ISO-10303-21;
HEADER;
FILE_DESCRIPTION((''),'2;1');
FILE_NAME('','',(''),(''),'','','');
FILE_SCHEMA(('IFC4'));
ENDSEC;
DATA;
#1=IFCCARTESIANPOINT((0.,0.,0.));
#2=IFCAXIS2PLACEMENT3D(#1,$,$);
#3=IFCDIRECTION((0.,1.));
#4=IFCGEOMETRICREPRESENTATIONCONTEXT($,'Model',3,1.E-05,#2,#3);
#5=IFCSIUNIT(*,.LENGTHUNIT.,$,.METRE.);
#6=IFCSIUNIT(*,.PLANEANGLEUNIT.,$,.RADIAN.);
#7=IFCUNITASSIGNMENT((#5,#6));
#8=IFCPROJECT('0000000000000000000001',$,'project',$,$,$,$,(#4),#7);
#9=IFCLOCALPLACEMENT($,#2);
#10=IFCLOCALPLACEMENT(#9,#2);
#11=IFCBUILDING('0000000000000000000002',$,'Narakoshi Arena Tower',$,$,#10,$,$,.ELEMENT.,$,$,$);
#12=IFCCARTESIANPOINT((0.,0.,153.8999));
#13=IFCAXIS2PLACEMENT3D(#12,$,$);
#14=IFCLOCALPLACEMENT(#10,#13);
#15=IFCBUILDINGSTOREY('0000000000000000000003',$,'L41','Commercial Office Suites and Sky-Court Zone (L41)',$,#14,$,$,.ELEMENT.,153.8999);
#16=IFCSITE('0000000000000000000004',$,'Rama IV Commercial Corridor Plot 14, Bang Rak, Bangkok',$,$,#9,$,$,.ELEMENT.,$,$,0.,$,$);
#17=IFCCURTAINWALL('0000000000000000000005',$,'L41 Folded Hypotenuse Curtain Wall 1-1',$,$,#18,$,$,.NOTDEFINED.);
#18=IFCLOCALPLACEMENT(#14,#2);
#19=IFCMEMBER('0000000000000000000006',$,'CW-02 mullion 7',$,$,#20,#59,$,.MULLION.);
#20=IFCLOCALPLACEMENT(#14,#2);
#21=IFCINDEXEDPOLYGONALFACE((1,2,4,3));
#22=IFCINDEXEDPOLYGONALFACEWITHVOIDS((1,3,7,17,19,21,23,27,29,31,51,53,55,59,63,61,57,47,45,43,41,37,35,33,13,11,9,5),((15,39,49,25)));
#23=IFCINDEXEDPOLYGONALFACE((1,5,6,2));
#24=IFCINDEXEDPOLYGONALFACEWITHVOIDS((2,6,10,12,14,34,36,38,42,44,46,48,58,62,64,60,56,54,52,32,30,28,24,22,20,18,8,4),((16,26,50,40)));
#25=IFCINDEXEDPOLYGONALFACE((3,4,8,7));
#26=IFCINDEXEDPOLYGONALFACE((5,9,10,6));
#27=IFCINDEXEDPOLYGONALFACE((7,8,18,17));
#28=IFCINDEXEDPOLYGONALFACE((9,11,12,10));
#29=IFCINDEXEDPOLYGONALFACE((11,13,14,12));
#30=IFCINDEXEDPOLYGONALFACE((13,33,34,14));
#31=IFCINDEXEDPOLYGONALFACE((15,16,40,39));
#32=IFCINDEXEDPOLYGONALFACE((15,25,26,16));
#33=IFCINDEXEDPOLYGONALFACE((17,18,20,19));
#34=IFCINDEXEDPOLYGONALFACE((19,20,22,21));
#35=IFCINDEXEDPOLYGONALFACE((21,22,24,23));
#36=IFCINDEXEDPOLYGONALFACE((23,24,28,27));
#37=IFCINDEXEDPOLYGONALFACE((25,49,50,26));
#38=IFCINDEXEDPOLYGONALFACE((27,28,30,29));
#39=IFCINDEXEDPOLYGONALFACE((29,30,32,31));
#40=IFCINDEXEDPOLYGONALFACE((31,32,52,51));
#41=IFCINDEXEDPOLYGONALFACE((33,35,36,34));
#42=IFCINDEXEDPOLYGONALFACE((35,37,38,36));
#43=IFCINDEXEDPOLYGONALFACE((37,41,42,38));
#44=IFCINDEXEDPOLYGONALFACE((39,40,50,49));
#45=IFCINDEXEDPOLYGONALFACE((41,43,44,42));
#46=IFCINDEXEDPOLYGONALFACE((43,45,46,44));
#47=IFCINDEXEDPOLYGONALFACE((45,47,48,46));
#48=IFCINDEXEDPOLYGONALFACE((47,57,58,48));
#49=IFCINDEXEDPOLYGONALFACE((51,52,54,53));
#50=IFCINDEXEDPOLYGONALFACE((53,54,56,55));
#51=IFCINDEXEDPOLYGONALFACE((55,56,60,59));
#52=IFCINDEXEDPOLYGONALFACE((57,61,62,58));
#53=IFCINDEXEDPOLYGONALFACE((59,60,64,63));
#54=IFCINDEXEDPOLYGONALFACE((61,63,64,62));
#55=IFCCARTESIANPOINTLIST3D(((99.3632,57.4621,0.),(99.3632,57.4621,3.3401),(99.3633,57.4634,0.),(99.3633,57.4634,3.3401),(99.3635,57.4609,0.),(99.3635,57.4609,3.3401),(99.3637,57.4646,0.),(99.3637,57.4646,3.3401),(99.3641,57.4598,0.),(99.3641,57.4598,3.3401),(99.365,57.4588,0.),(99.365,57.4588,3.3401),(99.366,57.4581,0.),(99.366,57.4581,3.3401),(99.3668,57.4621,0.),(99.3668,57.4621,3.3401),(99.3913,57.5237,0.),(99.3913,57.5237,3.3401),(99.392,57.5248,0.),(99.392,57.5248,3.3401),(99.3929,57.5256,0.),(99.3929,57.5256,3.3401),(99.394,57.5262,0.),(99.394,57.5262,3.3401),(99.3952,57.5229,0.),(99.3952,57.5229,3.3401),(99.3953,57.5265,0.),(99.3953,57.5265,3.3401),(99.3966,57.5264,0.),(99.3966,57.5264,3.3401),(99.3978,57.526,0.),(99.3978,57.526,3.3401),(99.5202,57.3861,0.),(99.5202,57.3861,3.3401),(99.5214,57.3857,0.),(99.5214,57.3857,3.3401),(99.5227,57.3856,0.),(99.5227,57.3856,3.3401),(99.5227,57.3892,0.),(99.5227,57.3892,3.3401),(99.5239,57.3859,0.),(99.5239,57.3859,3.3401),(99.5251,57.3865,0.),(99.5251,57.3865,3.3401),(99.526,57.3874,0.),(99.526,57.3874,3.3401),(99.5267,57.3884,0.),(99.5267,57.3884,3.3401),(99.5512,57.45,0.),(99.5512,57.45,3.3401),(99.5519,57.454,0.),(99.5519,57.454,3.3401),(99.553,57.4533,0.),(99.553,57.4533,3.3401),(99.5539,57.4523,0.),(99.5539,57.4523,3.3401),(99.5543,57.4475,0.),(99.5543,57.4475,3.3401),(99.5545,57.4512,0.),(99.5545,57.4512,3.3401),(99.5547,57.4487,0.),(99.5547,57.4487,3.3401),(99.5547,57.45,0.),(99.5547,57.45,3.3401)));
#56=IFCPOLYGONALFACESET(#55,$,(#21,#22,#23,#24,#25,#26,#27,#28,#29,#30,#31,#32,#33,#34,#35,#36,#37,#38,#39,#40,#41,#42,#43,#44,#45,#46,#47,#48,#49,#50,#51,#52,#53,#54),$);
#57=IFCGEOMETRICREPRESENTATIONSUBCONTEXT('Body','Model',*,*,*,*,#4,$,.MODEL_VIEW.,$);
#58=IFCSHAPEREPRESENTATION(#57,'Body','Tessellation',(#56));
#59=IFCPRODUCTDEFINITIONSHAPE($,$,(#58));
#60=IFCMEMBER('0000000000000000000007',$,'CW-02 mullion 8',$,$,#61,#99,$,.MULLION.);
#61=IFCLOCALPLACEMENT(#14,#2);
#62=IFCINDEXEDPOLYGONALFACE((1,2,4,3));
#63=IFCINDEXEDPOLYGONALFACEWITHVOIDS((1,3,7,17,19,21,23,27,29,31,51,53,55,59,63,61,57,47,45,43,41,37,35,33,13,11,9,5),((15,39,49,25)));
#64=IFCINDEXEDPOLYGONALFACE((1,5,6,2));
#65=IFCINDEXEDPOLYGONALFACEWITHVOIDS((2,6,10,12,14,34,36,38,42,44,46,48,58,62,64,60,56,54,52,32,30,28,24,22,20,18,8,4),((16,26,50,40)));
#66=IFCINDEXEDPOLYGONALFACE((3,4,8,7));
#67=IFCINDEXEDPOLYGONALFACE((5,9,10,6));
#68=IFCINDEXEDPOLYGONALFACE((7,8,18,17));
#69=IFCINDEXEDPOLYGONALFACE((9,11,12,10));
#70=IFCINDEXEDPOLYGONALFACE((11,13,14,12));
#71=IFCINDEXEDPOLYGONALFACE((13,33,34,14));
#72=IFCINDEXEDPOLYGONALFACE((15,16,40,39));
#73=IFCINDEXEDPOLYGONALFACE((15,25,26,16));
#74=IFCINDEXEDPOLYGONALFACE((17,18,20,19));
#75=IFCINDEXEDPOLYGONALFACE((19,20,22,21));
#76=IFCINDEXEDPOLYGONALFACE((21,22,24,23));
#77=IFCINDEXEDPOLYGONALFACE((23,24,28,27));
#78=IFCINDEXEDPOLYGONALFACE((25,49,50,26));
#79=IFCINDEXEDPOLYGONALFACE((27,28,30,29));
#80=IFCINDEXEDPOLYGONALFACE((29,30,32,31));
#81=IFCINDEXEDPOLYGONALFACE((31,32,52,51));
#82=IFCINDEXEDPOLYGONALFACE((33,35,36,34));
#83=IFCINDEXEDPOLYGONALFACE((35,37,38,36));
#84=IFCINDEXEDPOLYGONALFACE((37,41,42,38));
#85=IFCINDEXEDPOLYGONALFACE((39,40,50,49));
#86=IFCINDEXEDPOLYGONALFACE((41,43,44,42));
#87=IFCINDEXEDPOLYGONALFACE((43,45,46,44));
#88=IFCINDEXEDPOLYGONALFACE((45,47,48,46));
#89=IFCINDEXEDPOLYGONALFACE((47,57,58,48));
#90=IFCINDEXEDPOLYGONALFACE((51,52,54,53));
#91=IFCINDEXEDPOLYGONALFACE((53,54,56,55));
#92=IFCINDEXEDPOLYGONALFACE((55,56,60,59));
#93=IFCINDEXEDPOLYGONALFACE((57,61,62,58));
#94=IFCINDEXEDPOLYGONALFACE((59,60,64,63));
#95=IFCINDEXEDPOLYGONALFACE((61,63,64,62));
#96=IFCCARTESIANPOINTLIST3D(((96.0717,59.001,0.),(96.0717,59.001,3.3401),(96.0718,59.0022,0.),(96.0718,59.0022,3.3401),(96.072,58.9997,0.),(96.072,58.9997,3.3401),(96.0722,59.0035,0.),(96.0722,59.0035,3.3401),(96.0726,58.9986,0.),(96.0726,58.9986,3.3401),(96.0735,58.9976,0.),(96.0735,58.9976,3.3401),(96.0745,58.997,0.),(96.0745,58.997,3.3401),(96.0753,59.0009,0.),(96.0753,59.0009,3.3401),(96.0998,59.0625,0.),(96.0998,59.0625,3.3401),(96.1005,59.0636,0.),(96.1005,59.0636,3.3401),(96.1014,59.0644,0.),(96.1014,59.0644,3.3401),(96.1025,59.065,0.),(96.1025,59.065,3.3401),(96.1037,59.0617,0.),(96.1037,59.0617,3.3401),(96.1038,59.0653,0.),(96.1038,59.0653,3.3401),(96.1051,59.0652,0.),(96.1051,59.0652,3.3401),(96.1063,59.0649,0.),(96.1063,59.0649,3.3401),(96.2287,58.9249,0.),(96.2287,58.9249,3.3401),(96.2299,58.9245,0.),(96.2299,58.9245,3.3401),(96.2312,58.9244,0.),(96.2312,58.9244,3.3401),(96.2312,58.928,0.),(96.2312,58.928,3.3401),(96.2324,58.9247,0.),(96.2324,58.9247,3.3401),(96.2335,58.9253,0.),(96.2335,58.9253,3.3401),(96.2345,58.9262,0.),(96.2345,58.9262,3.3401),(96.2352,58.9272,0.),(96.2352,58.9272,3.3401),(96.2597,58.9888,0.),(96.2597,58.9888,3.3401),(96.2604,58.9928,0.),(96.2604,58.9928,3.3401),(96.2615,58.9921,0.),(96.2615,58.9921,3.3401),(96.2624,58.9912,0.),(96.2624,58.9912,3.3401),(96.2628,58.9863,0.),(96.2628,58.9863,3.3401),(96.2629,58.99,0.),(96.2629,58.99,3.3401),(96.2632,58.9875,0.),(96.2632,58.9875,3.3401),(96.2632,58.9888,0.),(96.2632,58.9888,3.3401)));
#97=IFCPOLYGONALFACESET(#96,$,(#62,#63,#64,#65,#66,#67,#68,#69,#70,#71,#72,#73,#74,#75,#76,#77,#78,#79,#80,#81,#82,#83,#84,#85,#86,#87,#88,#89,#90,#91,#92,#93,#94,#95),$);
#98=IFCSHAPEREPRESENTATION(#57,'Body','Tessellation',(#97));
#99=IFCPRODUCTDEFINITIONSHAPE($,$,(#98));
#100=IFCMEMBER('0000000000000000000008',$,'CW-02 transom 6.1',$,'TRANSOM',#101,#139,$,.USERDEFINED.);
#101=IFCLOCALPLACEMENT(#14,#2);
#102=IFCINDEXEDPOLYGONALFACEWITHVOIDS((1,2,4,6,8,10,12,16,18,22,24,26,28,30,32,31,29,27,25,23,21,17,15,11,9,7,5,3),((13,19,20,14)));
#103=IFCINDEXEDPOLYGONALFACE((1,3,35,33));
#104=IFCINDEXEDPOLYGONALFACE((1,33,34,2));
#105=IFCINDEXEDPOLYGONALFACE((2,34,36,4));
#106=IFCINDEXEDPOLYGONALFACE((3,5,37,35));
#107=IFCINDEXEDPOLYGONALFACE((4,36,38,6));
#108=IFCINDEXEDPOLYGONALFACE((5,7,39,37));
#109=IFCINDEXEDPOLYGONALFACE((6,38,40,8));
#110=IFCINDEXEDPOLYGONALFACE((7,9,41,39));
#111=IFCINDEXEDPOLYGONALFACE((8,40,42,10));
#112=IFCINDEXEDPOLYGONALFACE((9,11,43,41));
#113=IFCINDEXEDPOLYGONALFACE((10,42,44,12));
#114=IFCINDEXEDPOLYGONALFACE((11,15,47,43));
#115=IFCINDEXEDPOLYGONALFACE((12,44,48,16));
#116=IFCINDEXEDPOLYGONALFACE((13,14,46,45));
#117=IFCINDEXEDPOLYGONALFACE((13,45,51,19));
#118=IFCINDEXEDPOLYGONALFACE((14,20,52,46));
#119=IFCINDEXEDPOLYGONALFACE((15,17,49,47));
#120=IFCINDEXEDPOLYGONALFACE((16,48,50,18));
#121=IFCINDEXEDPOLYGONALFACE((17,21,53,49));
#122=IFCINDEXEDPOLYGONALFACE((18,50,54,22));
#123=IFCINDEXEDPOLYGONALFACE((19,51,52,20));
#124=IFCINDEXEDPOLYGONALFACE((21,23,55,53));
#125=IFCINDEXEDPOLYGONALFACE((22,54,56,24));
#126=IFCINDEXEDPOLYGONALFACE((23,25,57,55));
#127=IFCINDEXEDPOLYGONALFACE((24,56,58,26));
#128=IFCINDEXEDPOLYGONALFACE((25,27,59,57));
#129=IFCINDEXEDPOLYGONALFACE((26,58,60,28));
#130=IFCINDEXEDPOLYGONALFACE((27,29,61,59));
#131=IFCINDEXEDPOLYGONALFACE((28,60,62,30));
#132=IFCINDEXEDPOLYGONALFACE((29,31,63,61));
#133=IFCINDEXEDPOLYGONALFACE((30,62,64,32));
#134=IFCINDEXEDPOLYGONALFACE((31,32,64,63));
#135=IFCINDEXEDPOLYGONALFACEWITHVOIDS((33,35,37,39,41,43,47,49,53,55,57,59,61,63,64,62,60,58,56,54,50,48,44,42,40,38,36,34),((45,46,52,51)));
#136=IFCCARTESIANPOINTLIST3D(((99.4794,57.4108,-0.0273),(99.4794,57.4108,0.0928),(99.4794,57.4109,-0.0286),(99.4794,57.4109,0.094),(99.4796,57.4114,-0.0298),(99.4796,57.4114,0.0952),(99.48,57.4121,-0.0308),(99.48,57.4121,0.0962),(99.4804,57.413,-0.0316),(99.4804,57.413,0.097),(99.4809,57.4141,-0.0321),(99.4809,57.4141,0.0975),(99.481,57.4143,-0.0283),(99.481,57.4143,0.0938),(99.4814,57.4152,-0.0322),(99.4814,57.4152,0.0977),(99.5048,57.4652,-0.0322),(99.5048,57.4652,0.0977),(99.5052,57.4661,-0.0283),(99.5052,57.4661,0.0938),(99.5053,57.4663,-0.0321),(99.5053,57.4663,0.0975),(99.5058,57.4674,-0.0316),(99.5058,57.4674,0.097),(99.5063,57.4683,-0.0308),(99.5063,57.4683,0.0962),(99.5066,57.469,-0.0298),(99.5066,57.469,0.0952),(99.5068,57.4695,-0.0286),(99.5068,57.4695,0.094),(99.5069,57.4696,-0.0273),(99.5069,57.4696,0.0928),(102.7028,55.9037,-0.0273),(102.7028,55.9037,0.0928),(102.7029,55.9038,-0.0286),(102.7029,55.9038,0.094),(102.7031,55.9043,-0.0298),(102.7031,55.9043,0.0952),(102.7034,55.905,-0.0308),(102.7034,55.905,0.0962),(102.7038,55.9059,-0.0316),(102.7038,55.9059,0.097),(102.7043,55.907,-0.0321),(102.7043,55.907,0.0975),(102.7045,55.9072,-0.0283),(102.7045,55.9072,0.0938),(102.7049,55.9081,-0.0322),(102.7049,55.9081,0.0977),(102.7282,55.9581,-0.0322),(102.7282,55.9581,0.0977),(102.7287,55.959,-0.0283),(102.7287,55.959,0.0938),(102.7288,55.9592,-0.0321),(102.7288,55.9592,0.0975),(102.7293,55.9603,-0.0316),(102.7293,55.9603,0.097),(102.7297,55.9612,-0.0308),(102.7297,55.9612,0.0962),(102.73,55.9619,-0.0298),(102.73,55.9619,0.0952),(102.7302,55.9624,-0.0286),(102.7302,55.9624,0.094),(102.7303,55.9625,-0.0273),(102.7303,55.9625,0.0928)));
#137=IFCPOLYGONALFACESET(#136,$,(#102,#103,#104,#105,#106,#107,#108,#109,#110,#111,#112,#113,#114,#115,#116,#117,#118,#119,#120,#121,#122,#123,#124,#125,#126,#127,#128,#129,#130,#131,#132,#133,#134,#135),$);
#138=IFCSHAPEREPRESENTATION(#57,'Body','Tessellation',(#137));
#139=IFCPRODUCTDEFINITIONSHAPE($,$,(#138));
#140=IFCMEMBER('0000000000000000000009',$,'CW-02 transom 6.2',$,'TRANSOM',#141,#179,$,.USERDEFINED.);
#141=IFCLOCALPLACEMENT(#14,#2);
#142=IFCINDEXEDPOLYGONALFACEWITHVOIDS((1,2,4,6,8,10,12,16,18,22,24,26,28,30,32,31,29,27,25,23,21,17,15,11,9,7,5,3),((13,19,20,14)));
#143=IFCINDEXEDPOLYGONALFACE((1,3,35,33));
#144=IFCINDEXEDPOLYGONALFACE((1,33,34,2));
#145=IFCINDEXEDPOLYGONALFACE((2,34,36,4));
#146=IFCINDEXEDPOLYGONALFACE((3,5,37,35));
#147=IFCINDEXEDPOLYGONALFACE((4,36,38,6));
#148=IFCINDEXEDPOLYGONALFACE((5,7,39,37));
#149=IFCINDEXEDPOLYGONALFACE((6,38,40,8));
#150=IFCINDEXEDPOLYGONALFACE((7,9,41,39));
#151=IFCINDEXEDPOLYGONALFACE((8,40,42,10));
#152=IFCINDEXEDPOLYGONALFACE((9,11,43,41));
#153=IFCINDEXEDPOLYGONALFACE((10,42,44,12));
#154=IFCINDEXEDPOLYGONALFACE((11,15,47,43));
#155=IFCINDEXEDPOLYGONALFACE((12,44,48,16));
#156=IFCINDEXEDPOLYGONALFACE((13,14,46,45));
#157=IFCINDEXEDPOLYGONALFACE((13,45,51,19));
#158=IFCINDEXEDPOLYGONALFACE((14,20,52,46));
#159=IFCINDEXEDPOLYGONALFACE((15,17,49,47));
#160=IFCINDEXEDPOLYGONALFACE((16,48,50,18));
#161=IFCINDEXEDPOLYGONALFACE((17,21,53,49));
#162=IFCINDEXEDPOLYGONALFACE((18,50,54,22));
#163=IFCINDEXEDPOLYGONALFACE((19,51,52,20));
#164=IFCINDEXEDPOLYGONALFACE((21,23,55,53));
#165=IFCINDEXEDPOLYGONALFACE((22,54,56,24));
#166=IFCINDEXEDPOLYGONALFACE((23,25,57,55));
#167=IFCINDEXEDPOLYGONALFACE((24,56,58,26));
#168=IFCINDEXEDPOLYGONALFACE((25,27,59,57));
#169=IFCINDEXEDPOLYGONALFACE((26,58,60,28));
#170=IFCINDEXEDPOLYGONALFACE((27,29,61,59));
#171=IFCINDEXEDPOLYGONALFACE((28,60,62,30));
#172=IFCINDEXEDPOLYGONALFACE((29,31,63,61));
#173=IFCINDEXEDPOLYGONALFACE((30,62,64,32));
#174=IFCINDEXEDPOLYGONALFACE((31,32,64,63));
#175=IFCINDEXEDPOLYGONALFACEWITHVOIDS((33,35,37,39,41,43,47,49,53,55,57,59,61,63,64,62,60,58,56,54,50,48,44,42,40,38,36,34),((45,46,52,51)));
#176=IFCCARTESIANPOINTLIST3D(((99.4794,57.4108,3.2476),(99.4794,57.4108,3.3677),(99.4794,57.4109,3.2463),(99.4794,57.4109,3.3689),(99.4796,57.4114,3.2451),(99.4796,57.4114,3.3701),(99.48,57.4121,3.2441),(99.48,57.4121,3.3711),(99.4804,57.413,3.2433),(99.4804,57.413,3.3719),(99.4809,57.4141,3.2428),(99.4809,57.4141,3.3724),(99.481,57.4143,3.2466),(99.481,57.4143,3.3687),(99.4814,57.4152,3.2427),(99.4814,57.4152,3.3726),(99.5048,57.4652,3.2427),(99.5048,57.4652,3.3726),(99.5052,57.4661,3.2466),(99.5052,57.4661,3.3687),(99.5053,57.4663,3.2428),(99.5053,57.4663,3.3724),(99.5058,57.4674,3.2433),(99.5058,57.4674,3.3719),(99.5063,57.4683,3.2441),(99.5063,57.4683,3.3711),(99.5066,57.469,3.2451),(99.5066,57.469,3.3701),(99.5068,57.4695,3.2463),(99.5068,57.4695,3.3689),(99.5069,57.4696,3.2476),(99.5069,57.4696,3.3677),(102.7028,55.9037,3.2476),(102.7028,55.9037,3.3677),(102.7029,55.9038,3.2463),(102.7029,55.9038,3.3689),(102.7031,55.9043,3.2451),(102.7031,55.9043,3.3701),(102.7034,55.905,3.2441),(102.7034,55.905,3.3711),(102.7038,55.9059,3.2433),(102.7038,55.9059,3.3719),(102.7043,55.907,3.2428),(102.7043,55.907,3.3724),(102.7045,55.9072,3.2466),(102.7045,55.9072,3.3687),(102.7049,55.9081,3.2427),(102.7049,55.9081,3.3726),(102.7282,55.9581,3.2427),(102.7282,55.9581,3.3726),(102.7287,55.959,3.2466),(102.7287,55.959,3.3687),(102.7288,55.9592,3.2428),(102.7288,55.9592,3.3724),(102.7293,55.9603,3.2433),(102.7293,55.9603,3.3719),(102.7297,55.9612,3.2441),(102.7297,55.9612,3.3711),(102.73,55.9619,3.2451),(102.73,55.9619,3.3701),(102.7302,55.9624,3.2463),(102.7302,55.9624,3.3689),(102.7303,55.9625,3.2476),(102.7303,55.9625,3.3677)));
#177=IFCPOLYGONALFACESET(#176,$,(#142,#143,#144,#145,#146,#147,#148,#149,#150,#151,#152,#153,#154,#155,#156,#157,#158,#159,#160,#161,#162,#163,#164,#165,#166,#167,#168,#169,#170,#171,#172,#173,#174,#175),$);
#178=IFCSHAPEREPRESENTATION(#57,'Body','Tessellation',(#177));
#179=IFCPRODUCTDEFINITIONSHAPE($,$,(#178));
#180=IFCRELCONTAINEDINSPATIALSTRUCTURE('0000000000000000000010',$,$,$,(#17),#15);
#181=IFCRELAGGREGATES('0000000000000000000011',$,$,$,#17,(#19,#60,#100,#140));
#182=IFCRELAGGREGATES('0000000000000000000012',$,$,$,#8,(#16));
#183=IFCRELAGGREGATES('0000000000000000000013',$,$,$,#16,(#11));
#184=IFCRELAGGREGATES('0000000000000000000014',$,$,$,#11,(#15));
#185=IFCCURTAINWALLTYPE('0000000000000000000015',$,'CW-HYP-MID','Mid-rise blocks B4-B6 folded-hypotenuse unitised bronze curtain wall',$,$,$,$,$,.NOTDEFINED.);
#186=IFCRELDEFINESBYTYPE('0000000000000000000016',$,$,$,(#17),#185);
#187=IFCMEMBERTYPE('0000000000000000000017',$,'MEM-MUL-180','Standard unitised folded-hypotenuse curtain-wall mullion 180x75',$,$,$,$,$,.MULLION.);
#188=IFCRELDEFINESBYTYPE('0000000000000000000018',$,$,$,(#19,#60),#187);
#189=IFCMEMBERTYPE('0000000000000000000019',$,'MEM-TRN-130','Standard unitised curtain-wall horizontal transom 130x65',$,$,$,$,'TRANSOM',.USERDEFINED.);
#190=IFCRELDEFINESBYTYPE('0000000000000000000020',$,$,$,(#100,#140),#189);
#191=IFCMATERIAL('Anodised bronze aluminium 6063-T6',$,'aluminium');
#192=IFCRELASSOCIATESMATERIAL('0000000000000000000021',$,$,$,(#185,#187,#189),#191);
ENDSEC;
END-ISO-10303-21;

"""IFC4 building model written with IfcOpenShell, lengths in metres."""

from ifc_helpers import new_model, si_unit, direction, frame, origin, origin_2d, place, context, subcontext, project, spatial, hollow_rectangle, extrude, material, material_profile, profile_set, type_object, element, aggregate, save


model = new_model("IFC4")

# Units and contexts
model_context = context("Model", 3, precision=1e-05, world=origin(), true_north=direction((0.0, 1.0)))
body_context = subcontext(model_context, "Body", "Model", "MODEL_VIEW")
ifc_project = project(units=[si_unit("LENGTHUNIT", "METRE"), si_unit("PLANEANGLEUNIT", "RADIAN")], contexts=[model_context])

# Site, building, storey
site_placement = place(None, origin())
site = spatial("IfcSite", under=ifc_project, at=site_placement, Name="Rama IV Commercial Corridor Plot 14, Bang Rak, Bangkok", CompositionType="ELEMENT", RefElevation=0.0)
building_placement = place(site_placement, origin())
building = spatial("IfcBuilding", under=site, at=building_placement, Name="Narakoshi Arena Tower", CompositionType="ELEMENT")
storey_placement = place(building_placement, frame((0.0, 0.0, 153.8999)))
storey = spatial("IfcBuildingStorey", under=building, at=storey_placement, Name="L41", Description="Commercial Office Suites and Sky-Court Zone (L41)", CompositionType="ELEMENT", Elevation=153.8999)

# Curtain wall, members
ifc_material_1 = material(Name="Anodised bronze aluminium 6063-T6", Category="aluminium")
curtain_wall_type = type_object("IfcCurtainWallType", Name="CW-HYP-MID", Description="Mid-rise blocks B4-B6 folded-hypotenuse unitised bronze curtain wall", PredefinedType="NOTDEFINED", material=ifc_material_1)
curtain_wall_placement = place(storey_placement, origin())
curtain_wall = element("IfcCurtainWall", 1, at=curtain_wall_placement, inside=storey, type_object=curtain_wall_type, Name="L41 Folded Hypotenuse Curtain Wall 1-1", PredefinedType="NOTDEFINED")
ifc_material_profile_1 = material_profile(ifc_material_1, hollow_rectangle(XDim=0.075, YDim=0.1799, WallThickness=0.0039, OuterFilletRadius=0.0049, at=origin_2d()), Name="MUL180x75x4")
ifc_profile_set_1 = profile_set([ifc_material_profile_1], Name="Anodised bronze aluminium 6063-T6")
member_type_1 = type_object("IfcMemberType", Name="MEM-MUL-180", Description="Standard unitised folded-hypotenuse curtain-wall mullion 180x75", PredefinedType="MULLION", material=ifc_profile_set_1)
member_1_placement = place(storey_placement, frame((99.459, 57.4561, 0.0), z_axis=(0.0, 0.0, 1.0), x_axis=(-0.423532, -0.905881, 0.0)))
member_1 = element("IfcMember", 2, at=member_1_placement, type_object=member_type_1, Name="CW-02 mullion 7", PredefinedType="MULLION", context=body_context, shape_type="SweptSolid", body=[
    extrude(hollow_rectangle(XDim=0.075, YDim=0.1799, WallThickness=0.0039, OuterFilletRadius=0.0049, at=origin_2d()), origin(), (0.0, 0.0, 1.0), 3.3401),
])
member_2_placement = place(storey_placement, frame((96.1675, 58.9949, 0.0), z_axis=(0.0, 0.0, 1.0), x_axis=(-0.423532, -0.905881, 0.0)))
member_2 = element("IfcMember", 3, at=member_2_placement, type_object=member_type_1, Name="CW-02 mullion 8", PredefinedType="MULLION", context=body_context, shape_type="SweptSolid", body=[
    extrude(hollow_rectangle(XDim=0.075, YDim=0.1799, WallThickness=0.0039, OuterFilletRadius=0.0049, at=origin_2d()), origin(), (0.0, 0.0, 1.0), 3.3401),
])
ifc_material_profile_2 = material_profile(ifc_material_1, hollow_rectangle(XDim=0.0649, YDim=0.1299, WallThickness=0.0039, OuterFilletRadius=0.0049, at=origin_2d()), Name="TRN130x65x4")
ifc_profile_set_2 = profile_set([ifc_material_profile_2], Name="Anodised bronze aluminium 6063-T6")
member_type_2 = type_object("IfcMemberType", Name="MEM-TRN-130", Description="Standard unitised curtain-wall horizontal transom 130x65", ElementType="TRANSOM", PredefinedType="USERDEFINED", material=ifc_profile_set_2)
member_3_placement = place(storey_placement, frame((102.7166, 55.9331, 0.0327), z_axis=(-0.905878, 0.423539, 0.0), x_axis=(-0.423539, -0.905878, 0.0)))
member_3 = element("IfcMember", 4, at=member_3_placement, type_object=member_type_2, Name="CW-02 transom 6.1", ObjectType="TRANSOM", PredefinedType="USERDEFINED", context=body_context, shape_type="SweptSolid", body=[
    extrude(hollow_rectangle(XDim=0.0649, YDim=0.1299, WallThickness=0.0039, OuterFilletRadius=0.0049, at=origin_2d()), origin(), (0.0, 0.0, 1.0), 3.5583),
])
member_4_placement = place(storey_placement, frame((102.7166, 55.9331, 3.3076), z_axis=(-0.905878, 0.423539, 0.0), x_axis=(-0.423539, -0.905878, 0.0)))
member_4 = element("IfcMember", 5, at=member_4_placement, type_object=member_type_2, Name="CW-02 transom 6.2", ObjectType="TRANSOM", PredefinedType="USERDEFINED", context=body_context, shape_type="SweptSolid", body=[
    extrude(hollow_rectangle(XDim=0.0649, YDim=0.1299, WallThickness=0.0039, OuterFilletRadius=0.0049, at=origin_2d()), origin(), (0.0, 0.0, 1.0), 3.5583),
])
aggregate(curtain_wall, [member_1, member_2, member_3, member_4])

save(model, "model.ifc")
